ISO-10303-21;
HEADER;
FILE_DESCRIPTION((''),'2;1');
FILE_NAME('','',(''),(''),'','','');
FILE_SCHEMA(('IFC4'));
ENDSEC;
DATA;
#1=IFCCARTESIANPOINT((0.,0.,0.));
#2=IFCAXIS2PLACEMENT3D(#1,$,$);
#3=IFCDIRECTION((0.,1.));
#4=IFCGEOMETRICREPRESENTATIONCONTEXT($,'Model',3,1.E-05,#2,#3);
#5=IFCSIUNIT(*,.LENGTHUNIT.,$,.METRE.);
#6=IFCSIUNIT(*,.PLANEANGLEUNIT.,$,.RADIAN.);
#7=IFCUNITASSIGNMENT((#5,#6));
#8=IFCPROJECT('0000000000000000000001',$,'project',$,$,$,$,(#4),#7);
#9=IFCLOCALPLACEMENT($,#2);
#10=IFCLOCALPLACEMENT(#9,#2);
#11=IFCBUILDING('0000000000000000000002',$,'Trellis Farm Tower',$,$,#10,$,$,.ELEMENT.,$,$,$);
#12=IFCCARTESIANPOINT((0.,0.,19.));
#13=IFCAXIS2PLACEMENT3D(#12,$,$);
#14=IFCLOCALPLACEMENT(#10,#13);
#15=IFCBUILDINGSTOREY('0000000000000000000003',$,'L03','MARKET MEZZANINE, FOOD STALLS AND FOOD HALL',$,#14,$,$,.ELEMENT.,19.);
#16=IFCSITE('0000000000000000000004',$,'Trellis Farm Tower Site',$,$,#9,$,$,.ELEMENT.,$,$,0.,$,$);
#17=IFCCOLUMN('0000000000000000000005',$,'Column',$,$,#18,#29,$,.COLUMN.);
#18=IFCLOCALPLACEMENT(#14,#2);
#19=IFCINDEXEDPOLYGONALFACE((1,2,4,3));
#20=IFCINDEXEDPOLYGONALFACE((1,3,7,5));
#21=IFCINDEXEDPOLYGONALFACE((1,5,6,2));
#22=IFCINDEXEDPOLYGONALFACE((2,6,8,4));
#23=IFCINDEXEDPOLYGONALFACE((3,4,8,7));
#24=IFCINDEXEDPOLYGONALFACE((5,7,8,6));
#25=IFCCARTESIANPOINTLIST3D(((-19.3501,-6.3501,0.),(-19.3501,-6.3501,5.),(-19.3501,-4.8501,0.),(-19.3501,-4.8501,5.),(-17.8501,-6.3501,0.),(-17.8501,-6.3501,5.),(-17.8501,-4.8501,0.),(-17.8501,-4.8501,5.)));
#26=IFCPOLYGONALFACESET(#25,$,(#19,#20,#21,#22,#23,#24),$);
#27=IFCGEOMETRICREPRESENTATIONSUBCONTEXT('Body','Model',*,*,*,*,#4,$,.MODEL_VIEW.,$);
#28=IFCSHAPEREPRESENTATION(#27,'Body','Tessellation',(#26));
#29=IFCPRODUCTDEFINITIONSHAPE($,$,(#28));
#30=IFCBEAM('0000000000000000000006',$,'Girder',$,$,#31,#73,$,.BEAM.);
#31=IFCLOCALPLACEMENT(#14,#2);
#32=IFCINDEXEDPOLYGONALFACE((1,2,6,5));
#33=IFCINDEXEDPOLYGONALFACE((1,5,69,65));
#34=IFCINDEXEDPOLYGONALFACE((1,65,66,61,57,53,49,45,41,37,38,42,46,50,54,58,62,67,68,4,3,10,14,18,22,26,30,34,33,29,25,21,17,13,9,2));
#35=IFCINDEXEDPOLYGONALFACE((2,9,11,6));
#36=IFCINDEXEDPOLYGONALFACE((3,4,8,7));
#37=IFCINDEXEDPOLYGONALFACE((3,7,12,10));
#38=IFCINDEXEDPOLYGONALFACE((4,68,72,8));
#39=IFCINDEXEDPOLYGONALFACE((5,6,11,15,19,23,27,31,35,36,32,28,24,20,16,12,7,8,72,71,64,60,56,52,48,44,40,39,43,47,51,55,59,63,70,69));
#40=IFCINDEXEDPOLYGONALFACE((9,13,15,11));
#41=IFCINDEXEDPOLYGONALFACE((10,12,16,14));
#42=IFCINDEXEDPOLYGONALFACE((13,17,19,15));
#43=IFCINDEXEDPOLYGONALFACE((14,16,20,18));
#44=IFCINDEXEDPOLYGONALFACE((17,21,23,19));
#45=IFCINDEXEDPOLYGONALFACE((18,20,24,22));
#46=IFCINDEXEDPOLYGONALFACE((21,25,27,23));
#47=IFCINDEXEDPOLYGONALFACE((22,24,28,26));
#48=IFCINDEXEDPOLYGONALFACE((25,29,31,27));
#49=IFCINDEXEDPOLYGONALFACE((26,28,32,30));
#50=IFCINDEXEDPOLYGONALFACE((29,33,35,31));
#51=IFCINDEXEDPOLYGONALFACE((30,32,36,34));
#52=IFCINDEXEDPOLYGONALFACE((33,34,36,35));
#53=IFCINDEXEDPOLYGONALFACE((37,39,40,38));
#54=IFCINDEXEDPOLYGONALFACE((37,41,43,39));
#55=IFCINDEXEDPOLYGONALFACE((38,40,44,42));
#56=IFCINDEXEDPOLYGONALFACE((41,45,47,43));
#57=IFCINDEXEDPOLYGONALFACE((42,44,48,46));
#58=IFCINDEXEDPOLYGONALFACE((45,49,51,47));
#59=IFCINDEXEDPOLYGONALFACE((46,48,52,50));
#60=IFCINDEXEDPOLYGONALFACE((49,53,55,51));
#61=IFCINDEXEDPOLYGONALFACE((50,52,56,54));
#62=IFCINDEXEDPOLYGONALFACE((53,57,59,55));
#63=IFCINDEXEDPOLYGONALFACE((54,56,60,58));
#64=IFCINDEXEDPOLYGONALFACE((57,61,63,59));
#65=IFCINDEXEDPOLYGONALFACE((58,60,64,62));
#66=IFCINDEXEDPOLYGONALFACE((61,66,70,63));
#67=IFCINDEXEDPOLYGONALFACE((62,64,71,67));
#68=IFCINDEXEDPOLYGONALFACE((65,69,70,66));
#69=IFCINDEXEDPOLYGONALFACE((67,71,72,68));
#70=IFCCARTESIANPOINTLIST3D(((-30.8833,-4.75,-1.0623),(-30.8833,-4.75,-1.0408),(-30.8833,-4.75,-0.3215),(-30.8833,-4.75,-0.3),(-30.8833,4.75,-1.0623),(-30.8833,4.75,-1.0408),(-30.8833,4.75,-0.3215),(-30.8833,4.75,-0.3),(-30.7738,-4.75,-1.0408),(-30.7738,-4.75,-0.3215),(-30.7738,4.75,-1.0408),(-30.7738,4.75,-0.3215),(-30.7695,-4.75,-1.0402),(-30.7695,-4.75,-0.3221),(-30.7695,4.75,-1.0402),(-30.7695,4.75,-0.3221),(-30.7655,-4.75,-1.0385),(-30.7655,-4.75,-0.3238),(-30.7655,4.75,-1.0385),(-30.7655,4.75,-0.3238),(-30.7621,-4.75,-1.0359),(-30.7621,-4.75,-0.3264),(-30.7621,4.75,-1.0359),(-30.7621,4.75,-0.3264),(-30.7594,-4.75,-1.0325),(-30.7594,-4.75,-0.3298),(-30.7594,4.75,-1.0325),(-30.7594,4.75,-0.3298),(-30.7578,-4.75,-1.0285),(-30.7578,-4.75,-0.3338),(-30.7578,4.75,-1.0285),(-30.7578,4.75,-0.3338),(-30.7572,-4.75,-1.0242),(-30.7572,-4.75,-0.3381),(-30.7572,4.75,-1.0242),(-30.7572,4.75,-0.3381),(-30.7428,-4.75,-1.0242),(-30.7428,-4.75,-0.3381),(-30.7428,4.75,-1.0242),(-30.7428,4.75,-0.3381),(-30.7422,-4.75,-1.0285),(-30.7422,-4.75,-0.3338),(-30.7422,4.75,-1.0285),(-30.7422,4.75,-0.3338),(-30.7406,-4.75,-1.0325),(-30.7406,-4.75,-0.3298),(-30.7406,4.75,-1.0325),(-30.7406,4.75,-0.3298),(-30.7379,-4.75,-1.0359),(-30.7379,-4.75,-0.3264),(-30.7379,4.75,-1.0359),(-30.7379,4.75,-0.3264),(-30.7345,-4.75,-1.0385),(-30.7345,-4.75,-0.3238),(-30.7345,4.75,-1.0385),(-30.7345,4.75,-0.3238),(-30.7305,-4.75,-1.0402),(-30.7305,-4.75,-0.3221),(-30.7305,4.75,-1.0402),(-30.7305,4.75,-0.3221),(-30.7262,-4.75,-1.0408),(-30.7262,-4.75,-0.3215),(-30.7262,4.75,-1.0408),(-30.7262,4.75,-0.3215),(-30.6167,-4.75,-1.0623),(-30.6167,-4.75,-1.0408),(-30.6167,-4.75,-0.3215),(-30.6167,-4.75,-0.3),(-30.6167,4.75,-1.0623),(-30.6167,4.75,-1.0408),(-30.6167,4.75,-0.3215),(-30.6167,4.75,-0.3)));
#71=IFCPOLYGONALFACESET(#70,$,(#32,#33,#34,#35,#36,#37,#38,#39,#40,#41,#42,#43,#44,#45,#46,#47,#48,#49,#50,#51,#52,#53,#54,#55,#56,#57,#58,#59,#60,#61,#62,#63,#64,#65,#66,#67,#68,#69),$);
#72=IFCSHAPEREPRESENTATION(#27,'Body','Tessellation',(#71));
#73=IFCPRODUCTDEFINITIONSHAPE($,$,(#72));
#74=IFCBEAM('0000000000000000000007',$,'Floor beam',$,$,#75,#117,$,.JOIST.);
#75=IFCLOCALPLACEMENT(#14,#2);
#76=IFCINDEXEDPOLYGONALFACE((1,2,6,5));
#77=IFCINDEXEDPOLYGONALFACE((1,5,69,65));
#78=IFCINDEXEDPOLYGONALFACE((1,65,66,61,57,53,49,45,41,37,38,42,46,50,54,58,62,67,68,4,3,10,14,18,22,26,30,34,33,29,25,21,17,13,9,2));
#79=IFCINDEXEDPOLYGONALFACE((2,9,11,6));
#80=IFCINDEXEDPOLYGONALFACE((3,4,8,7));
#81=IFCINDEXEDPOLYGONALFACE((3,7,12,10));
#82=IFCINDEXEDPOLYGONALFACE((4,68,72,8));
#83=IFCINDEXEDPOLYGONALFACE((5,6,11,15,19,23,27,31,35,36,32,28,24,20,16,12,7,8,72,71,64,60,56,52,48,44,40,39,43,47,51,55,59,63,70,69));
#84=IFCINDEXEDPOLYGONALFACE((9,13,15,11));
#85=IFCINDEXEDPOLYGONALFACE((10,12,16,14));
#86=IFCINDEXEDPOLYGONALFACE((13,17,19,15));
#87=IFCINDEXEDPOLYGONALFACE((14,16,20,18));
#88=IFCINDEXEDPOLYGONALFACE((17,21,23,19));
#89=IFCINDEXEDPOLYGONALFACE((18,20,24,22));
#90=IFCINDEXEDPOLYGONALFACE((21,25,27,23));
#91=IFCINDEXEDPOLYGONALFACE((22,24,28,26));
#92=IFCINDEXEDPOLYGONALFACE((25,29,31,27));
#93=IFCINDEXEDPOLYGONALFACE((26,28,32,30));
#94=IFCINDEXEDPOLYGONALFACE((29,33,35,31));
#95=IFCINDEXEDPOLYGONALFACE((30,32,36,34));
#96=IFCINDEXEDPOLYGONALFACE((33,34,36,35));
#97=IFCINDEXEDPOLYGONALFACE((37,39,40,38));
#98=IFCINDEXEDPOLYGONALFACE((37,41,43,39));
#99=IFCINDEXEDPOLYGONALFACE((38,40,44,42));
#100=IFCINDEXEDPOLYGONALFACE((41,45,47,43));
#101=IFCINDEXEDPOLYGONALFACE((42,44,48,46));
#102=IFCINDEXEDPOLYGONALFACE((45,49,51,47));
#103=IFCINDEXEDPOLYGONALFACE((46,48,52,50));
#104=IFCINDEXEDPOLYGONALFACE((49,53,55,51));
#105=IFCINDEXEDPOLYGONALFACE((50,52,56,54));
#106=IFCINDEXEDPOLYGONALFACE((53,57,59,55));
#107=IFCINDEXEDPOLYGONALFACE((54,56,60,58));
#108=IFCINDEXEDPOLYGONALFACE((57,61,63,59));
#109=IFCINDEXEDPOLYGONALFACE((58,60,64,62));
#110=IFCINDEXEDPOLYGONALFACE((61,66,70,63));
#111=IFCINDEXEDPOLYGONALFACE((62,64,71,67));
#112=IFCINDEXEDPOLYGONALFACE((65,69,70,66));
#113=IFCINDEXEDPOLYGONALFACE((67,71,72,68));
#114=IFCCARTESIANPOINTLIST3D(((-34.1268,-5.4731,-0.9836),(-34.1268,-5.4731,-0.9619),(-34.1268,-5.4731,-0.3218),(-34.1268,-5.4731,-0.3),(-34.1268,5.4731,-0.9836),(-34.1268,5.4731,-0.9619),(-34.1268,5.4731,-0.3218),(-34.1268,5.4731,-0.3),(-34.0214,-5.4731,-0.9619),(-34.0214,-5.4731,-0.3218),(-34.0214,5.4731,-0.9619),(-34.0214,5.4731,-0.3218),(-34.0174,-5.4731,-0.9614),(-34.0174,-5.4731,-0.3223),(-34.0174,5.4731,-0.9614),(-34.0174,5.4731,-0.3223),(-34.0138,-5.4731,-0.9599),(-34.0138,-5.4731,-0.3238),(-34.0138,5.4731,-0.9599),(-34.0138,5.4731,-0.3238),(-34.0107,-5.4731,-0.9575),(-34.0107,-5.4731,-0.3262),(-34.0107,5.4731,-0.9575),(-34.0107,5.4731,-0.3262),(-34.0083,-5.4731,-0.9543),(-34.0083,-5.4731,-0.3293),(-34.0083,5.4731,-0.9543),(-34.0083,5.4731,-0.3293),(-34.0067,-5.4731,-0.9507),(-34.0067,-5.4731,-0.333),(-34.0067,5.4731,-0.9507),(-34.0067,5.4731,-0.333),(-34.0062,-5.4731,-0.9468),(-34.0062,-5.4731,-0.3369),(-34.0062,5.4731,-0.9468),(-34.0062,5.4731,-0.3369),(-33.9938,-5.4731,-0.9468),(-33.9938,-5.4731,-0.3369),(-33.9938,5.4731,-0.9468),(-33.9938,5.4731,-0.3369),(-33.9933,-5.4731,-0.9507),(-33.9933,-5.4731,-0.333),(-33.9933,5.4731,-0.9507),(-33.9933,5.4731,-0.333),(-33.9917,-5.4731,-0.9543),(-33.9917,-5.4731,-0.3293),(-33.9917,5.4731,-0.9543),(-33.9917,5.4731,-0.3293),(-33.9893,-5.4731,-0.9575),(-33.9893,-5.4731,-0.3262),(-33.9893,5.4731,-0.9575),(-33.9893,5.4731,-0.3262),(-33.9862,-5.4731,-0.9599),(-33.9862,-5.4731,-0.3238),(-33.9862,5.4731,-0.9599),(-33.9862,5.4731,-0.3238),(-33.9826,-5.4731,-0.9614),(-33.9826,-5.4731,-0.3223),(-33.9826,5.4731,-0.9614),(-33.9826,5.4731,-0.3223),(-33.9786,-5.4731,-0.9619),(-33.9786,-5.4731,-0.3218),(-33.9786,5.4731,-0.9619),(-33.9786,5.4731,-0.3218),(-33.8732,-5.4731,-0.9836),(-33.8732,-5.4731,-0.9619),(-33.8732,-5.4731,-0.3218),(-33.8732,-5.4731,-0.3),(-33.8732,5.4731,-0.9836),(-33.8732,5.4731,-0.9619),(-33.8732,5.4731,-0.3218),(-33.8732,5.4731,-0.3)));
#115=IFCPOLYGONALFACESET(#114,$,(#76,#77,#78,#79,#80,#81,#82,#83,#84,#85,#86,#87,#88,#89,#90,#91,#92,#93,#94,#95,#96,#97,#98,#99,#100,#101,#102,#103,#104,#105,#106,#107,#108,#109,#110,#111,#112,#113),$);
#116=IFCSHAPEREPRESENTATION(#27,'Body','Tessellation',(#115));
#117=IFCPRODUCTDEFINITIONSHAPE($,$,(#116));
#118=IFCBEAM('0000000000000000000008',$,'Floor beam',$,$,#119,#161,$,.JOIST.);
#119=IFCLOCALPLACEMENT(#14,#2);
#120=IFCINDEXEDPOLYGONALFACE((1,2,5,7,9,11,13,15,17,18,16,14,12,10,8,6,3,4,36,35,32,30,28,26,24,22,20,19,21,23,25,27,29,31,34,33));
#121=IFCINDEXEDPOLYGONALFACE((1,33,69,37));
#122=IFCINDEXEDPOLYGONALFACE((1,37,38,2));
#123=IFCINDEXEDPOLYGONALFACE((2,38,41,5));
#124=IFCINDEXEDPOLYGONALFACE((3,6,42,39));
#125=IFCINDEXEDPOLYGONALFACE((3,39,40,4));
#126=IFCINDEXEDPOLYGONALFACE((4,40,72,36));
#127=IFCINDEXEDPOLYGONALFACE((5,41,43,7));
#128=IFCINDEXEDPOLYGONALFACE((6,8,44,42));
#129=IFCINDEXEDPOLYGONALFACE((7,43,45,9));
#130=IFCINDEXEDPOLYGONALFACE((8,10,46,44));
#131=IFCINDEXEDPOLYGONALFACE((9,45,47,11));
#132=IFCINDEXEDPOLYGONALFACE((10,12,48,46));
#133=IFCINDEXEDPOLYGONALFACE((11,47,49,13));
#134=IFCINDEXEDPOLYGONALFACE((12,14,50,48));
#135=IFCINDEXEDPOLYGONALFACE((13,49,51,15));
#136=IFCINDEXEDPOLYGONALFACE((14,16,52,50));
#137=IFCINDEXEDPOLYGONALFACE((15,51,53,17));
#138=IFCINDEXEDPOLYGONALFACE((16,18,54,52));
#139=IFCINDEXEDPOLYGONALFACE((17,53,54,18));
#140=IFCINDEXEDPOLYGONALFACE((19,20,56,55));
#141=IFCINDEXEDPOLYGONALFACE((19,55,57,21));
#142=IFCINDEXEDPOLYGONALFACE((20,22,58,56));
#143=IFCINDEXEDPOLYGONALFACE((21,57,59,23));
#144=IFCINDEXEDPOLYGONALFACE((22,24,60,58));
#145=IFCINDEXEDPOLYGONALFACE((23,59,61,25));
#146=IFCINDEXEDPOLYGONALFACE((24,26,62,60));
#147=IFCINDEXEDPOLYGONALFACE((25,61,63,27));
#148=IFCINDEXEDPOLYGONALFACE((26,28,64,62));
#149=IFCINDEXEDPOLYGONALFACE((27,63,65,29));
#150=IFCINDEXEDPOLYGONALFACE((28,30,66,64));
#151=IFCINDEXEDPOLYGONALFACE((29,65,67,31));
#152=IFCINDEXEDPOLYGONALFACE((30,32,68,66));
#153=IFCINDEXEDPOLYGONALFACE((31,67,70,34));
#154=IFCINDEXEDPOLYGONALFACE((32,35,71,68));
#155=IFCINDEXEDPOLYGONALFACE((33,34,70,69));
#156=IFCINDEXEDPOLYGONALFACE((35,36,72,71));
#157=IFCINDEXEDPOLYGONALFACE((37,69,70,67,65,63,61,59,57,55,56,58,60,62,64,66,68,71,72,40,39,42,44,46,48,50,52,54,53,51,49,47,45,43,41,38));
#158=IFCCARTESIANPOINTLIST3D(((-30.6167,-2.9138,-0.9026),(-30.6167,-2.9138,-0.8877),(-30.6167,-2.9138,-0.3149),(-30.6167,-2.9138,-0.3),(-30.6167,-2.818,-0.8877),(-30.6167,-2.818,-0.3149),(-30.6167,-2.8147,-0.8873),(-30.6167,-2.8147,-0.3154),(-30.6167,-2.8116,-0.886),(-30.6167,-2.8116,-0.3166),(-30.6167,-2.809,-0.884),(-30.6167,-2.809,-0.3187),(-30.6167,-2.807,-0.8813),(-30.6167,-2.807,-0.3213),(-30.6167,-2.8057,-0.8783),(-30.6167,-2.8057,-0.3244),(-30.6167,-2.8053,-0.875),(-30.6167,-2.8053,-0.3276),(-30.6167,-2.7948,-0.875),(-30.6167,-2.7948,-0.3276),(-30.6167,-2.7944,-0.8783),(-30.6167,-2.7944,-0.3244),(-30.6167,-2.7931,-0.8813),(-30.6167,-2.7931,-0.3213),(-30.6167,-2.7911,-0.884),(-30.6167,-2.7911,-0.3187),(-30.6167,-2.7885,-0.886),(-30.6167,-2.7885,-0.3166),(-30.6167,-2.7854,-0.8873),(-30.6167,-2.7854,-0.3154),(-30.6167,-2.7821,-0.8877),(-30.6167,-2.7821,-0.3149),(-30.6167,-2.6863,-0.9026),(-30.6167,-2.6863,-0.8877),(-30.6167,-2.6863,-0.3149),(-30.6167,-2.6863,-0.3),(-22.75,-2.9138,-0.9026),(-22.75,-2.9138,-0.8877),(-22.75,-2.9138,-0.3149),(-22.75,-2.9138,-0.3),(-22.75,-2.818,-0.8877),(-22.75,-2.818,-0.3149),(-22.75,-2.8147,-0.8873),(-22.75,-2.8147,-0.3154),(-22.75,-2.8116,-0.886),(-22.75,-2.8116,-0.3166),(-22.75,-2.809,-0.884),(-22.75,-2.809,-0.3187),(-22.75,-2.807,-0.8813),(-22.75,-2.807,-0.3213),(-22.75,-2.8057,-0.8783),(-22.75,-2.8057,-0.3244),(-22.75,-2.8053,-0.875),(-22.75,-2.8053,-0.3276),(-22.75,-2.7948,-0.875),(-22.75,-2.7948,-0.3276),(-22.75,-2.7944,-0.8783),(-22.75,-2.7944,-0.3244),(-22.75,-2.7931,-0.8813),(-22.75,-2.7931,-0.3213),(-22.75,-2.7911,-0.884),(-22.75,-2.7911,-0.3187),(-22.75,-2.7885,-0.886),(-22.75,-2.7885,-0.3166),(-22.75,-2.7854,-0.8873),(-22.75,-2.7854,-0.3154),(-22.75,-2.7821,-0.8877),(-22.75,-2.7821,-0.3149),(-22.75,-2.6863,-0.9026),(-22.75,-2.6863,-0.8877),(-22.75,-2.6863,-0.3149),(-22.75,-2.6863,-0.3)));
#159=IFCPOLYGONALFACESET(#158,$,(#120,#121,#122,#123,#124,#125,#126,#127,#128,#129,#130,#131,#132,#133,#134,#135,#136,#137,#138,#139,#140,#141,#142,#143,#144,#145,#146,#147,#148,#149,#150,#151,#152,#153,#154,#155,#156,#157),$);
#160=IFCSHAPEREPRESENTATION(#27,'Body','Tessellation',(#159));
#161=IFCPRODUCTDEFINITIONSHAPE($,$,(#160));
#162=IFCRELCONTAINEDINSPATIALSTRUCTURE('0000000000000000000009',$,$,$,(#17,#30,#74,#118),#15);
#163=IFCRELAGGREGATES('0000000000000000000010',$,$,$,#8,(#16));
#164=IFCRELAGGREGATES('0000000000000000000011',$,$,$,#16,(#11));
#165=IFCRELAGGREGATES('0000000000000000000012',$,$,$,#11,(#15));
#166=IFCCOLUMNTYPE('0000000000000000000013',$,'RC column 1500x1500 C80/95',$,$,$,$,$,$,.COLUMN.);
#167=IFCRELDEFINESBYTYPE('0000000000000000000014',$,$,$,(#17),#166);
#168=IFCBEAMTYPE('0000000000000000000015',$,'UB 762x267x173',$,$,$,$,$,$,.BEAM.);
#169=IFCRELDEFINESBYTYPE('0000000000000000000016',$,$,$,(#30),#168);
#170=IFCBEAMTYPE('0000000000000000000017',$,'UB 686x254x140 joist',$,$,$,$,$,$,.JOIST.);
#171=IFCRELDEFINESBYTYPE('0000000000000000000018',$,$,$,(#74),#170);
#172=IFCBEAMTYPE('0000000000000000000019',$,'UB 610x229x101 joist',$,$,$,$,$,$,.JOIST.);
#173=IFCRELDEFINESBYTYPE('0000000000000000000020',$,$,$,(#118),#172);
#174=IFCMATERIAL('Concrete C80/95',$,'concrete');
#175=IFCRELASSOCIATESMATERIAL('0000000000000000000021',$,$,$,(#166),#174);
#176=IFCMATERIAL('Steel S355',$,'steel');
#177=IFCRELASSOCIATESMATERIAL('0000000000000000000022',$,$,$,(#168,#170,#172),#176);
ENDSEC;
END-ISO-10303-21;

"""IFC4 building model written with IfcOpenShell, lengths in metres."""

from ifc_helpers import new_model, si_unit, direction, frame, origin, origin_2d, place, context, subcontext, project, spatial, rectangle, i_section, extrude, source, transform, mapped, material, material_profile, profile_set, type_object, element, save


model = new_model("IFC4")

# Units and contexts
model_context = context("Model", 3, precision=1e-05, world=origin(), true_north=direction((0.0, 1.0)))
body_context = subcontext(model_context, "Body", "Model", "MODEL_VIEW")
ifc_project = project(units=[si_unit("LENGTHUNIT", "METRE"), si_unit("PLANEANGLEUNIT", "RADIAN")], contexts=[model_context])

# Site, building, storey
site_placement = place(None, origin())
site = spatial("IfcSite", under=ifc_project, at=site_placement, Name="Trellis Farm Tower Site", CompositionType="ELEMENT", RefElevation=0.0)
building_placement = place(site_placement, origin())
building = spatial("IfcBuilding", under=site, at=building_placement, Name="Trellis Farm Tower", CompositionType="ELEMENT")
storey_placement = place(building_placement, frame((0.0, 0.0, 19.0)))
storey = spatial("IfcBuildingStorey", under=building, at=storey_placement, Name="L03", Description="MARKET MEZZANINE, FOOD STALLS AND FOOD HALL", CompositionType="ELEMENT", Elevation=19.0)

# Column
ifc_material_1 = material(Name="Concrete C80/95", Category="concrete")
ifc_material_profile_1 = material_profile(ifc_material_1, rectangle(XDim=1.5, YDim=1.5, at=origin_2d()), Name="RC column 1500x1500 C80/95")
ifc_profile_set_1 = profile_set([ifc_material_profile_1], Name="Concrete C80/95")
column_type = type_object("IfcColumnType", Name="RC column 1500x1500 C80/95", PredefinedType="COLUMN", material=ifc_profile_set_1)
shared_shape_1 = source(origin(), body_context, "Body", "SweptSolid", [
    extrude(rectangle(XDim=1.5, YDim=1.5, at=origin_2d()), origin(), (0.0, 0.0, 1.0), 5.0),
])
column_placement = place(storey_placement, frame((-18.6001, -5.6001, 0.0), z_axis=(0.0, 0.0, 1.0), x_axis=(1.0, 0.0, 0.0)))
element("IfcColumn", 1, at=column_placement, inside=storey, type_object=column_type, Name="Column", PredefinedType="COLUMN", context=body_context, shape_type="MappedRepresentation", body=[
    mapped(shared_shape_1, transform((0.0, 0.0, 0.0))),
])

# Beams
ifc_material_2 = material(Name="Steel S355", Category="steel")
ifc_material_profile_2 = material_profile(ifc_material_2, i_section(OverallWidth=0.2666, OverallDepth=0.7622, WebThickness=0.0144, FlangeThickness=0.0215, FilletRadius=0.0166, at=origin_2d()), Name="UB 762x267x173")
ifc_profile_set_2 = profile_set([ifc_material_profile_2], Name="Steel S355")
beam_type_1 = type_object("IfcBeamType", Name="UB 762x267x173", PredefinedType="BEAM", material=ifc_profile_set_2)
shared_shape_2 = source(origin(), body_context, "Body", "SweptSolid", [
    extrude(i_section(OverallWidth=0.2666, OverallDepth=0.7622, WebThickness=0.0144, FlangeThickness=0.0215, FilletRadius=0.0166, at=origin_2d()), origin(), (0.0, 0.0, 1.0), 9.5),
])
beam_1_placement = place(storey_placement, frame((-30.75, -4.75, -0.6812), z_axis=(0.0, 1.0, 0.0), x_axis=(-1.0, 0.0, 0.0)))
element("IfcBeam", 2, at=beam_1_placement, inside=storey, type_object=beam_type_1, Name="Girder", PredefinedType="BEAM", context=body_context, shape_type="MappedRepresentation", body=[
    mapped(shared_shape_2, transform((0.0, 0.0, 0.0))),
])
ifc_material_profile_3 = material_profile(ifc_material_2, i_section(OverallWidth=0.2537, OverallDepth=0.6836, WebThickness=0.0125, FlangeThickness=0.0217, FilletRadius=0.0151, at=origin_2d()), Name="UB 686x254x140")
ifc_profile_set_3 = profile_set([ifc_material_profile_3], Name="Steel S355")
beam_type_2 = type_object("IfcBeamType", Name="UB 686x254x140 joist", PredefinedType="JOIST", material=ifc_profile_set_3)
shared_shape_3 = source(origin(), body_context, "Body", "SweptSolid", [
    extrude(i_section(OverallWidth=0.2537, OverallDepth=0.6836, WebThickness=0.0125, FlangeThickness=0.0217, FilletRadius=0.0151, at=origin_2d()), origin(), (0.0, 0.0, 1.0), 10.9463),
])
beam_2_placement = place(storey_placement, frame((-34.0, -5.4731, -0.6418), z_axis=(0.0, 1.0, 0.0), x_axis=(-1.0, 0.0, 0.0)))
element("IfcBeam", 3, at=beam_2_placement, inside=storey, type_object=beam_type_2, Name="Floor beam", PredefinedType="JOIST", context=body_context, shape_type="MappedRepresentation", body=[
    mapped(shared_shape_3, transform((0.0, 0.0, 0.0))),
])
ifc_material_profile_4 = material_profile(ifc_material_2, i_section(OverallWidth=0.2275, OverallDepth=0.6025, WebThickness=0.0105, FlangeThickness=0.0149, FilletRadius=0.0127, at=origin_2d()), Name="UB 610x229x101")
ifc_profile_set_4 = profile_set([ifc_material_profile_4], Name="Steel S355")
beam_type_3 = type_object("IfcBeamType", Name="UB 610x229x101 joist", PredefinedType="JOIST", material=ifc_profile_set_4)
shared_shape_4 = source(origin(), body_context, "Body", "SweptSolid", [
    extrude(i_section(OverallWidth=0.2275, OverallDepth=0.6025, WebThickness=0.0105, FlangeThickness=0.0149, FilletRadius=0.0127, at=origin_2d()), origin(), (0.0, 0.0, 1.0), 7.8667),
])
for number, where, z_axis, x_axis, name in (
    (4, (-30.6167, -2.8, -0.6013), (1.0, 0.0, 0.0), (0.0, 1.0, 0.0), "Floor beam"),
):
    element("IfcBeam", number, at=place(storey_placement, frame(where, z_axis=z_axis, x_axis=x_axis)), inside=storey, type_object=beam_type_3, Name=name, PredefinedType="JOIST", context=body_context, shape_type="MappedRepresentation", body=[
        mapped(shared_shape_4, transform((0.0, 0.0, 0.0))),
    ])

save(model, "model.ifc")
